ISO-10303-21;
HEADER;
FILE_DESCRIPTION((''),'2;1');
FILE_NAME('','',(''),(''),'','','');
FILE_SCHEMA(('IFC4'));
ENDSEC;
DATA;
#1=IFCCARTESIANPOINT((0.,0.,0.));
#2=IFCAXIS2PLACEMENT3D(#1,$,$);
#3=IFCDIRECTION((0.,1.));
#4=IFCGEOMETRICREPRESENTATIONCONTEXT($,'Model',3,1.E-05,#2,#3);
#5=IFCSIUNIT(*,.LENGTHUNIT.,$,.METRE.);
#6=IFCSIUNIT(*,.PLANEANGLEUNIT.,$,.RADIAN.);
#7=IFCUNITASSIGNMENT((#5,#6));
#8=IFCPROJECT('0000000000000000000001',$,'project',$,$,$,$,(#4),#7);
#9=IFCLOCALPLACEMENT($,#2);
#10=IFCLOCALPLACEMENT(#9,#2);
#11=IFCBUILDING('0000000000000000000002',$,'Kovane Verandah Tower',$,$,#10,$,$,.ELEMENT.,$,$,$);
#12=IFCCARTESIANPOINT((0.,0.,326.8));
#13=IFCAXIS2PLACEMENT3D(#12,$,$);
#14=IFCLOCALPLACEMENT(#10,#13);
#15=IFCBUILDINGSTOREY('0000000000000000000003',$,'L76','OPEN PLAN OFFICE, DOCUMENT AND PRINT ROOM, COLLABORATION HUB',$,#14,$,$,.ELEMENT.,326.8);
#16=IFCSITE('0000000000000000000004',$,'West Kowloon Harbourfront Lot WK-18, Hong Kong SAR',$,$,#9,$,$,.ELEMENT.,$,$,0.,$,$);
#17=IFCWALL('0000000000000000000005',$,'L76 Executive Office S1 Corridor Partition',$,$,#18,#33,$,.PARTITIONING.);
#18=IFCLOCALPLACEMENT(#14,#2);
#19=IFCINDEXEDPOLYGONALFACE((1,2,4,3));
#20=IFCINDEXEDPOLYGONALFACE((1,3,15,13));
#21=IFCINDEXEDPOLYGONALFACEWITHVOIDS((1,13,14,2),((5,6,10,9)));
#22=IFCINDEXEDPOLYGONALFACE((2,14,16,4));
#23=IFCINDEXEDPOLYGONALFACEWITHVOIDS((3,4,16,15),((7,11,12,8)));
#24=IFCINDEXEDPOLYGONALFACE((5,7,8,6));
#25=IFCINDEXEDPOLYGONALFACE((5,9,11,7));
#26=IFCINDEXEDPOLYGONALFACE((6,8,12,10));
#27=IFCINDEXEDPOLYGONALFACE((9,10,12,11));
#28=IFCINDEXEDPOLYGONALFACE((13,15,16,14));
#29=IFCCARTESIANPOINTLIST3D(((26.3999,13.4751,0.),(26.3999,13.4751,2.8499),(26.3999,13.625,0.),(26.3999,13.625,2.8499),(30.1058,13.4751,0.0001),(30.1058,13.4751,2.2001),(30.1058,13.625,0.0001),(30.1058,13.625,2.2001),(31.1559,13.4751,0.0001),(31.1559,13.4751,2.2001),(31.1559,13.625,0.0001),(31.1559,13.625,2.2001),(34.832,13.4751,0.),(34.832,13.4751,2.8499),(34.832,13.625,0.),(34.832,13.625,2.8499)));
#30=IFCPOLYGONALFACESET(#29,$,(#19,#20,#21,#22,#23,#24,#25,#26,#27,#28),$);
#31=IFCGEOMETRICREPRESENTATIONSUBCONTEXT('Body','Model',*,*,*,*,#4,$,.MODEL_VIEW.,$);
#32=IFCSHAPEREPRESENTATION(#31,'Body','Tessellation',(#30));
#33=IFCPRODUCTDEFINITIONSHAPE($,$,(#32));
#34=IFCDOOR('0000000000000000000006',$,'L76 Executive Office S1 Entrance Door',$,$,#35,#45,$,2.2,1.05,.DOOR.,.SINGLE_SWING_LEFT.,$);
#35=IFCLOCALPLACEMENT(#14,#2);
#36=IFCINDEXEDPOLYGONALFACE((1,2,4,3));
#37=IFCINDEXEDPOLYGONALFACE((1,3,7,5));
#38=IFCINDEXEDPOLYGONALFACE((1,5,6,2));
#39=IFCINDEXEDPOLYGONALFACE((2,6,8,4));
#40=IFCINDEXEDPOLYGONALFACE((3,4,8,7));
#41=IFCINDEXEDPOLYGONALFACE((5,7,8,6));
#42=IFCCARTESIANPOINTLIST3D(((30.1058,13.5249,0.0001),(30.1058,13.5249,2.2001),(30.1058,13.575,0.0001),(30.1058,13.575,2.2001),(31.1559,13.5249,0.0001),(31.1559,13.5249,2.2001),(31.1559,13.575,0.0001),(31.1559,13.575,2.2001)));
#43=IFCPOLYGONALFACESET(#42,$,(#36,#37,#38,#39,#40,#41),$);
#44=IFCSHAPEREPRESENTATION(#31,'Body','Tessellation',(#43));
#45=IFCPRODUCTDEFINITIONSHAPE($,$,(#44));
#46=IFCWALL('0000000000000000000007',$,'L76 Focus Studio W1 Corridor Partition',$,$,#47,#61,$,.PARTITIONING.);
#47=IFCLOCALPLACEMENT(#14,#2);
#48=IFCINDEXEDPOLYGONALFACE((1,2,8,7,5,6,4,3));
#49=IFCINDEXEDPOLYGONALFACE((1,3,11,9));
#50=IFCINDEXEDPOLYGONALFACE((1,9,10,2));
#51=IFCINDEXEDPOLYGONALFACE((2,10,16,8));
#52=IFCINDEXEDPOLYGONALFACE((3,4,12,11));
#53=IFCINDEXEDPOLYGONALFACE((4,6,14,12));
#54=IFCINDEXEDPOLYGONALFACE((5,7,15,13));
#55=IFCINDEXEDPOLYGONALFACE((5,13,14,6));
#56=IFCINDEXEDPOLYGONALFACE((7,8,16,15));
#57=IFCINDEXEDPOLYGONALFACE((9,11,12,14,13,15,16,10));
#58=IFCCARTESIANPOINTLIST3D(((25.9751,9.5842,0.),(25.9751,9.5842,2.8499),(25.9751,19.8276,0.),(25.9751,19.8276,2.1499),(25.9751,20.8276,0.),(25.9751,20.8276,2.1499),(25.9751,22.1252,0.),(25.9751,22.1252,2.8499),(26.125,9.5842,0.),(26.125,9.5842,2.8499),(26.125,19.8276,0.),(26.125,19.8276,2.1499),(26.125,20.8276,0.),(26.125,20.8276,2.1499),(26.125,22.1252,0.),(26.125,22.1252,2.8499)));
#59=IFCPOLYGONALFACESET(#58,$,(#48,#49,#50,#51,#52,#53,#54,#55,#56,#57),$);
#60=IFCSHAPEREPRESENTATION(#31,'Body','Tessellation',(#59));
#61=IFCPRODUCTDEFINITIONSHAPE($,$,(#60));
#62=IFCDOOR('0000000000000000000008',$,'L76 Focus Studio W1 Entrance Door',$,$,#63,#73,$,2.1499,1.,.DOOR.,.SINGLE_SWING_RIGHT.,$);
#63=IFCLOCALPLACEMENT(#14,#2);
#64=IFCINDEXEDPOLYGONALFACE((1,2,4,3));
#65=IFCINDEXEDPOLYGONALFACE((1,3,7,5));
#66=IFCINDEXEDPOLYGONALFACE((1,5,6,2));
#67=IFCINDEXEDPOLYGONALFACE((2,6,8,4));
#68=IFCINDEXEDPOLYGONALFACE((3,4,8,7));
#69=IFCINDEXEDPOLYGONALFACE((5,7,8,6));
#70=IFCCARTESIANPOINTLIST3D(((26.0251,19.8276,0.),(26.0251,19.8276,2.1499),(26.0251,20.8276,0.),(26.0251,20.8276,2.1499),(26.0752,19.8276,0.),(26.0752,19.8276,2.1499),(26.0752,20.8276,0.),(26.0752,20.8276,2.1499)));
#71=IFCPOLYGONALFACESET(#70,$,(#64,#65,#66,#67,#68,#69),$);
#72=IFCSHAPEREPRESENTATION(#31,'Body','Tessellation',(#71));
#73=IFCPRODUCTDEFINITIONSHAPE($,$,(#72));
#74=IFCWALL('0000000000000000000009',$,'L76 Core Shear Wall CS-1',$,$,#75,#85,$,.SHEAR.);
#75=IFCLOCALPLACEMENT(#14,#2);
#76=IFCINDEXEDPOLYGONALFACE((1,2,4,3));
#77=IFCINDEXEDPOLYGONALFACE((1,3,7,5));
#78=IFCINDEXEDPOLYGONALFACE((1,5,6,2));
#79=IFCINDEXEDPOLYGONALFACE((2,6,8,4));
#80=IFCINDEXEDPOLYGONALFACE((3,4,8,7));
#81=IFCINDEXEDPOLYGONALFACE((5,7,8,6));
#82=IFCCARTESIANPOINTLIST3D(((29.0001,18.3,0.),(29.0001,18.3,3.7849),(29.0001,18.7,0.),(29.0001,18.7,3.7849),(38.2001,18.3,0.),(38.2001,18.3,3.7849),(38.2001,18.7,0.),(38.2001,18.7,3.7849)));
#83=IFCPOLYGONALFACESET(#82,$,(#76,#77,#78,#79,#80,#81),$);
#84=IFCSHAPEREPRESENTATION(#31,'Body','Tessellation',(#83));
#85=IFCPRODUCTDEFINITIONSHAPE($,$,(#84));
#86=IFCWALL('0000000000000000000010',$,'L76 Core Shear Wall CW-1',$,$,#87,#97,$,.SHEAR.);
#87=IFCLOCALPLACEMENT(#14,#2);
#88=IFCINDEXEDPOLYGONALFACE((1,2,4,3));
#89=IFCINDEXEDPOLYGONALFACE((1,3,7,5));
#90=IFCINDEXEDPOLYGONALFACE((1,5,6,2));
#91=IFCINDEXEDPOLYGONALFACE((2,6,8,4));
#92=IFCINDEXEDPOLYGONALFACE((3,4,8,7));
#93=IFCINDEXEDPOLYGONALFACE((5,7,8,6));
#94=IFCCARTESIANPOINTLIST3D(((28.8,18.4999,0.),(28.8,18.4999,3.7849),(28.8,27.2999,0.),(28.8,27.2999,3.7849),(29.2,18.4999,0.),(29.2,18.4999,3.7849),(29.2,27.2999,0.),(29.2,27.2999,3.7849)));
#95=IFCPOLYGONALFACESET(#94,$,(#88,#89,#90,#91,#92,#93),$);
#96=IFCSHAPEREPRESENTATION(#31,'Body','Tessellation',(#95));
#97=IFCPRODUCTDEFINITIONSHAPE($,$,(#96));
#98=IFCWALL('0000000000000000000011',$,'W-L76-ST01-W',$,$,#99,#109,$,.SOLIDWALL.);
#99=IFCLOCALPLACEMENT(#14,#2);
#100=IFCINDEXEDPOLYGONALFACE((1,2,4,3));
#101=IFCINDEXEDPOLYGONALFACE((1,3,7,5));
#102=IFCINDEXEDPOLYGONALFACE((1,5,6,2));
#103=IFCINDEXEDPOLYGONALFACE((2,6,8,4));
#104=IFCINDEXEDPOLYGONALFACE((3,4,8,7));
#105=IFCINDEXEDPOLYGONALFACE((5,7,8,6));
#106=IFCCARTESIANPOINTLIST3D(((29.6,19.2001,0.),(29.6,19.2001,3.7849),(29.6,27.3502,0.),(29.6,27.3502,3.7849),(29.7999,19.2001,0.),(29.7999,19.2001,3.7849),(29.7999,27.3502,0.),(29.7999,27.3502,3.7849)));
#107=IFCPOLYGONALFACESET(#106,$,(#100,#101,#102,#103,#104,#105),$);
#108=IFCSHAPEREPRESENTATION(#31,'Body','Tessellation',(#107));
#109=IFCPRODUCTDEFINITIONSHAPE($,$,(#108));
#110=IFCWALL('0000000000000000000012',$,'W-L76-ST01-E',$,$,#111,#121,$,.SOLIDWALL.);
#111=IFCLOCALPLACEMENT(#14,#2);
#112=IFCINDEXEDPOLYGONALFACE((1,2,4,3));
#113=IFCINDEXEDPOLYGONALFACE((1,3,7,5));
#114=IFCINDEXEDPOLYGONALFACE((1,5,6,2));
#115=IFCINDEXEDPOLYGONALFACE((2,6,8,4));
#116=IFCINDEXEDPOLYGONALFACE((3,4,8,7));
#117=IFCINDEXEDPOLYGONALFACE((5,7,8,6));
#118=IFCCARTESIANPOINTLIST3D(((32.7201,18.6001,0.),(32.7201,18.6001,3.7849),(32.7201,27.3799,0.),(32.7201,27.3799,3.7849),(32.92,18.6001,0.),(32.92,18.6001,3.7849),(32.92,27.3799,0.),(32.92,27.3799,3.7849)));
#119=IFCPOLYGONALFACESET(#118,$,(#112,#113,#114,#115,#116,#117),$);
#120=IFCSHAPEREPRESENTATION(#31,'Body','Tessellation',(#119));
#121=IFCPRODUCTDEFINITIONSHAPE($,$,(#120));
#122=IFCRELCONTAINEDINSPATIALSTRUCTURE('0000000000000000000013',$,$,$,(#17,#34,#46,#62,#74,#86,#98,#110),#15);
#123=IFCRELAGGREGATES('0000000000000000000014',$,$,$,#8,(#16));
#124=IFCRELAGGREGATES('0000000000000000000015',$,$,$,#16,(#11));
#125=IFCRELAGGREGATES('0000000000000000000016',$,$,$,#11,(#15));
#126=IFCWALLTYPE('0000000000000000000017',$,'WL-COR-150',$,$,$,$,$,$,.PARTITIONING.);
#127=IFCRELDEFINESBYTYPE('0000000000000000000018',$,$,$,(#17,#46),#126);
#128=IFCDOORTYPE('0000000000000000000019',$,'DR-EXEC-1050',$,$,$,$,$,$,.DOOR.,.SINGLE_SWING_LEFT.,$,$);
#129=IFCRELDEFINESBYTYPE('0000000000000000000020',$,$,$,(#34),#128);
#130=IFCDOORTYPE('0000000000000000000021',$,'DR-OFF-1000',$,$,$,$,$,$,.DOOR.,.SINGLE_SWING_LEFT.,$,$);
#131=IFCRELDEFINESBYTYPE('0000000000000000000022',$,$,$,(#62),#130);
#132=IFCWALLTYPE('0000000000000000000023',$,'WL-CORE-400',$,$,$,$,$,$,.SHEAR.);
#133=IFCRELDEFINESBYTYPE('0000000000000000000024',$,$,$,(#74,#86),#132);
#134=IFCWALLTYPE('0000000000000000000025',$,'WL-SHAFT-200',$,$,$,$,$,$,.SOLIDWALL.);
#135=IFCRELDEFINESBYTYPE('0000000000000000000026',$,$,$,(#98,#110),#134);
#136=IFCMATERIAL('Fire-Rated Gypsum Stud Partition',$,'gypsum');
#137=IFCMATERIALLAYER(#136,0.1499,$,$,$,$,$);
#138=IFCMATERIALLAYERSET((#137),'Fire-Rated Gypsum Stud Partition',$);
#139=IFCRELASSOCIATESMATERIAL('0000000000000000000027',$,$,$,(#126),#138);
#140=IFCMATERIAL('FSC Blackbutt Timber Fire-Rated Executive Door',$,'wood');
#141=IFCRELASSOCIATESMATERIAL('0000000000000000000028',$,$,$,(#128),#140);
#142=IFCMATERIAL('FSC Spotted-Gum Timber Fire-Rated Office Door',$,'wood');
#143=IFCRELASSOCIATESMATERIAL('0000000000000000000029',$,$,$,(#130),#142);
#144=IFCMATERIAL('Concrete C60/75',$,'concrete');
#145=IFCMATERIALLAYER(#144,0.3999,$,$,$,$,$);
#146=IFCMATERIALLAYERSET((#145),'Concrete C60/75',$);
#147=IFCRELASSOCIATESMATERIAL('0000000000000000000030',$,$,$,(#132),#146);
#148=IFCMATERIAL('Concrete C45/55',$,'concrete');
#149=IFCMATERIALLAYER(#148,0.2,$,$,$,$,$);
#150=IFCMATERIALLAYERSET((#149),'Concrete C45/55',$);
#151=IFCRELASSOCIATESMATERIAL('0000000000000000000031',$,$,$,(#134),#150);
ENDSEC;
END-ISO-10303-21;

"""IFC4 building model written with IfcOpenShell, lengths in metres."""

from ifc_helpers import new_model, si_unit, direction, frame, frame_2d, origin, place, context, subcontext, project, spatial, rectangle, extrude, material, layer, layer_set, type_object, element, fill, save


model = new_model("IFC4")

# Units and contexts
model_context = context("Model", 3, precision=1e-05, world=origin(), true_north=direction((0.0, 1.0)))
body_context = subcontext(model_context, "Body", "Model", "MODEL_VIEW")
ifc_project = project(units=[si_unit("LENGTHUNIT", "METRE"), si_unit("PLANEANGLEUNIT", "RADIAN")], contexts=[model_context])

# Site, building, storey
site_placement = place(None, origin())
site = spatial("IfcSite", under=ifc_project, at=site_placement, Name="West Kowloon Harbourfront Lot WK-18, Hong Kong SAR", CompositionType="ELEMENT", RefElevation=0.0)
building_placement = place(site_placement, origin())
building = spatial("IfcBuilding", under=site, at=building_placement, Name="Kovane Verandah Tower", CompositionType="ELEMENT")
storey_placement = place(building_placement, frame((0.0, 0.0, 326.8)))
storey = spatial("IfcBuildingStorey", under=building, at=storey_placement, Name="L76", Description="OPEN PLAN OFFICE, DOCUMENT AND PRINT ROOM, COLLABORATION HUB", CompositionType="ELEMENT", Elevation=326.8)

# Shared definitions
ifc_material_1 = material(Name="Concrete C60/75", Category="concrete")

# Walls, openings, doors
ifc_material_2 = material(Name="Fire-Rated Gypsum Stud Partition", Category="gypsum")
ifc_layer_1 = layer(ifc_material_2, 0.1499)
ifc_layer_set_1 = layer_set([ifc_layer_1], Name="Fire-Rated Gypsum Stud Partition")
wall_type_1 = type_object("IfcWallType", Name="WL-COR-150", PredefinedType="PARTITIONING", material=ifc_layer_set_1)
wall_1_placement = place(storey_placement, frame((26.3999, 13.55, 0.0), z_axis=(0.0, 0.0, 1.0), x_axis=(1.0, 0.0, 0.0)))
wall_1 = element("IfcWall", 1, at=wall_1_placement, inside=storey, type_object=wall_type_1, Name="L76 Executive Office S1 Corridor Partition", PredefinedType="PARTITIONING", context=body_context, shape_type="SweptSolid", body=[
    extrude(rectangle(XDim=8.4321, YDim=0.1499, at=frame_2d((4.2161, 0.0))), origin(), (0.0, 0.0, 1.0), 2.8499),
])
opening_1_placement = place(wall_1_placement, frame((3.7061, 0.0, 0.0)))
opening_1 = element("IfcOpeningElement", 2, at=opening_1_placement, cuts=wall_1, PredefinedType="OPENING", context=body_context, shape_type="SweptSolid", body=[
    extrude(rectangle(XDim=1.05, YDim=2.2, at=frame_2d((0.5249, 1.1001))), frame((0.0, 0.075, 0.0), z_axis=(0.0, -1.0, 0.0), x_axis=(1.0, 0.0, 0.0)), (0.0, 0.0, 1.0), 0.1499),
])
ifc_material_3 = material(Name="FSC Blackbutt Timber Fire-Rated Executive Door", Category="wood")
door_type_1 = type_object("IfcDoorType", Name="DR-EXEC-1050", OperationType="SINGLE_SWING_LEFT", PredefinedType="DOOR", material=ifc_material_3)
door_1_placement = place(opening_1_placement, origin())
door_1 = element("IfcDoor", 3, at=door_1_placement, inside=storey, type_object=door_type_1, Name="L76 Executive Office S1 Entrance Door", OperationType="SINGLE_SWING_LEFT", OverallHeight=2.2, OverallWidth=1.05, PredefinedType="DOOR", context=body_context, shape_type="SweptSolid", body=[
    extrude(rectangle(XDim=1.05, YDim=2.2, at=frame_2d((0.5249, 1.1001))), frame((0.0, 0.0249, 0.0), z_axis=(0.0, -1.0, 0.0), x_axis=(1.0, 0.0, 0.0)), (0.0, 0.0, 1.0), 0.05),
])
fill(opening_1, door_1)
wall_2_placement = place(storey_placement, frame((26.05, 9.5842, 0.0), z_axis=(0.0, 0.0, 1.0), x_axis=(0.0, 1.0, 0.0)))
wall_2 = element("IfcWall", 4, at=wall_2_placement, inside=storey, type_object=wall_type_1, Name="L76 Focus Studio W1 Corridor Partition", PredefinedType="PARTITIONING", context=body_context, shape_type="SweptSolid", body=[
    extrude(rectangle(XDim=12.541, YDim=0.1499, at=frame_2d((6.2705, 0.0))), origin(), (0.0, 0.0, 1.0), 2.8499),
])
opening_2_placement = place(wall_2_placement, frame((10.2434, 0.0, 0.0)))
opening_2 = element("IfcOpeningElement", 5, at=opening_2_placement, cuts=wall_2, PredefinedType="OPENING", context=body_context, shape_type="SweptSolid", body=[
    extrude(rectangle(XDim=1.0, YDim=2.1499, at=frame_2d((0.5, 1.075))), frame((0.0, 0.075, 0.0), z_axis=(0.0, -1.0, 0.0), x_axis=(1.0, 0.0, 0.0)), (0.0, 0.0, 1.0), 0.1499),
])
ifc_material_4 = material(Name="FSC Spotted-Gum Timber Fire-Rated Office Door", Category="wood")
door_type_2 = type_object("IfcDoorType", Name="DR-OFF-1000", OperationType="SINGLE_SWING_LEFT", PredefinedType="DOOR", material=ifc_material_4)
door_2_placement = place(opening_2_placement, origin())
door_2 = element("IfcDoor", 6, at=door_2_placement, inside=storey, type_object=door_type_2, Name="L76 Focus Studio W1 Entrance Door", OperationType="SINGLE_SWING_RIGHT", OverallHeight=2.1499, OverallWidth=1.0, PredefinedType="DOOR", context=body_context, shape_type="SweptSolid", body=[
    extrude(rectangle(XDim=1.0, YDim=2.1499, at=frame_2d((0.5, 1.075))), frame((0.0, 0.0249, 0.0), z_axis=(0.0, -1.0, 0.0), x_axis=(1.0, 0.0, 0.0)), (0.0, 0.0, 1.0), 0.05),
])
fill(opening_2, door_2)

# Walls
ifc_layer_2 = layer(ifc_material_1, 0.3999)
ifc_layer_set_2 = layer_set([ifc_layer_2], Name="Concrete C60/75")
wall_type_2 = type_object("IfcWallType", Name="WL-CORE-400", PredefinedType="SHEAR", material=ifc_layer_set_2)
wall_3_placement = place(storey_placement, frame((29.0, 18.5, 0.0), z_axis=(0.0, 0.0, 1.0), x_axis=(1.0, 0.0, 0.0)))
element("IfcWall", 7, at=wall_3_placement, inside=storey, type_object=wall_type_2, Name="L76 Core Shear Wall CS-1", PredefinedType="SHEAR", context=body_context, shape_type="SweptSolid", body=[
    extrude(rectangle(XDim=9.2, YDim=0.3999, at=frame_2d((4.6001, 0.0))), origin(), (0.0, 0.0, 1.0), 3.7849),
])
wall_4_placement = place(storey_placement, frame((29.0, 18.5, 0.0), z_axis=(0.0, 0.0, 1.0), x_axis=(0.0, 1.0, 0.0)))
element("IfcWall", 8, at=wall_4_placement, inside=storey, type_object=wall_type_2, Name="L76 Core Shear Wall CW-1", PredefinedType="SHEAR", context=body_context, shape_type="SweptSolid", body=[
    extrude(rectangle(XDim=8.8, YDim=0.3999, at=frame_2d((4.3999, 0.0))), origin(), (0.0, 0.0, 1.0), 3.7849),
])
ifc_material_5 = material(Name="Concrete C45/55", Category="concrete")
ifc_layer_3 = layer(ifc_material_5, 0.2)
ifc_layer_set_3 = layer_set([ifc_layer_3], Name="Concrete C45/55")
wall_type_3 = type_object("IfcWallType", Name="WL-SHAFT-200", PredefinedType="SOLIDWALL", material=ifc_layer_set_3)
wall_5_placement = place(storey_placement, frame((29.7, 19.2, 0.0), z_axis=(0.0, 0.0, 1.0), x_axis=(0.0, 1.0, 0.0)))
element("IfcWall", 9, at=wall_5_placement, inside=storey, type_object=wall_type_3, Name="W-L76-ST01-W", PredefinedType="SOLIDWALL", context=body_context, shape_type="SweptSolid", body=[
    extrude(rectangle(XDim=8.1501, YDim=0.2, at=frame_2d((4.0752, 0.0))), origin(), (0.0, 0.0, 1.0), 3.7849),
])
wall_6_placement = place(storey_placement, frame((32.8201, 18.6001, 0.0), z_axis=(0.0, 0.0, 1.0), x_axis=(0.0, 1.0, 0.0)))
element("IfcWall", 10, at=wall_6_placement, inside=storey, type_object=wall_type_3, Name="W-L76-ST01-E", PredefinedType="SOLIDWALL", context=body_context, shape_type="SweptSolid", body=[
    extrude(rectangle(XDim=8.7798, YDim=0.2, at=frame_2d((4.3899, 0.0))), origin(), (0.0, 0.0, 1.0), 3.7849),
])

save(model, "model.ifc")
